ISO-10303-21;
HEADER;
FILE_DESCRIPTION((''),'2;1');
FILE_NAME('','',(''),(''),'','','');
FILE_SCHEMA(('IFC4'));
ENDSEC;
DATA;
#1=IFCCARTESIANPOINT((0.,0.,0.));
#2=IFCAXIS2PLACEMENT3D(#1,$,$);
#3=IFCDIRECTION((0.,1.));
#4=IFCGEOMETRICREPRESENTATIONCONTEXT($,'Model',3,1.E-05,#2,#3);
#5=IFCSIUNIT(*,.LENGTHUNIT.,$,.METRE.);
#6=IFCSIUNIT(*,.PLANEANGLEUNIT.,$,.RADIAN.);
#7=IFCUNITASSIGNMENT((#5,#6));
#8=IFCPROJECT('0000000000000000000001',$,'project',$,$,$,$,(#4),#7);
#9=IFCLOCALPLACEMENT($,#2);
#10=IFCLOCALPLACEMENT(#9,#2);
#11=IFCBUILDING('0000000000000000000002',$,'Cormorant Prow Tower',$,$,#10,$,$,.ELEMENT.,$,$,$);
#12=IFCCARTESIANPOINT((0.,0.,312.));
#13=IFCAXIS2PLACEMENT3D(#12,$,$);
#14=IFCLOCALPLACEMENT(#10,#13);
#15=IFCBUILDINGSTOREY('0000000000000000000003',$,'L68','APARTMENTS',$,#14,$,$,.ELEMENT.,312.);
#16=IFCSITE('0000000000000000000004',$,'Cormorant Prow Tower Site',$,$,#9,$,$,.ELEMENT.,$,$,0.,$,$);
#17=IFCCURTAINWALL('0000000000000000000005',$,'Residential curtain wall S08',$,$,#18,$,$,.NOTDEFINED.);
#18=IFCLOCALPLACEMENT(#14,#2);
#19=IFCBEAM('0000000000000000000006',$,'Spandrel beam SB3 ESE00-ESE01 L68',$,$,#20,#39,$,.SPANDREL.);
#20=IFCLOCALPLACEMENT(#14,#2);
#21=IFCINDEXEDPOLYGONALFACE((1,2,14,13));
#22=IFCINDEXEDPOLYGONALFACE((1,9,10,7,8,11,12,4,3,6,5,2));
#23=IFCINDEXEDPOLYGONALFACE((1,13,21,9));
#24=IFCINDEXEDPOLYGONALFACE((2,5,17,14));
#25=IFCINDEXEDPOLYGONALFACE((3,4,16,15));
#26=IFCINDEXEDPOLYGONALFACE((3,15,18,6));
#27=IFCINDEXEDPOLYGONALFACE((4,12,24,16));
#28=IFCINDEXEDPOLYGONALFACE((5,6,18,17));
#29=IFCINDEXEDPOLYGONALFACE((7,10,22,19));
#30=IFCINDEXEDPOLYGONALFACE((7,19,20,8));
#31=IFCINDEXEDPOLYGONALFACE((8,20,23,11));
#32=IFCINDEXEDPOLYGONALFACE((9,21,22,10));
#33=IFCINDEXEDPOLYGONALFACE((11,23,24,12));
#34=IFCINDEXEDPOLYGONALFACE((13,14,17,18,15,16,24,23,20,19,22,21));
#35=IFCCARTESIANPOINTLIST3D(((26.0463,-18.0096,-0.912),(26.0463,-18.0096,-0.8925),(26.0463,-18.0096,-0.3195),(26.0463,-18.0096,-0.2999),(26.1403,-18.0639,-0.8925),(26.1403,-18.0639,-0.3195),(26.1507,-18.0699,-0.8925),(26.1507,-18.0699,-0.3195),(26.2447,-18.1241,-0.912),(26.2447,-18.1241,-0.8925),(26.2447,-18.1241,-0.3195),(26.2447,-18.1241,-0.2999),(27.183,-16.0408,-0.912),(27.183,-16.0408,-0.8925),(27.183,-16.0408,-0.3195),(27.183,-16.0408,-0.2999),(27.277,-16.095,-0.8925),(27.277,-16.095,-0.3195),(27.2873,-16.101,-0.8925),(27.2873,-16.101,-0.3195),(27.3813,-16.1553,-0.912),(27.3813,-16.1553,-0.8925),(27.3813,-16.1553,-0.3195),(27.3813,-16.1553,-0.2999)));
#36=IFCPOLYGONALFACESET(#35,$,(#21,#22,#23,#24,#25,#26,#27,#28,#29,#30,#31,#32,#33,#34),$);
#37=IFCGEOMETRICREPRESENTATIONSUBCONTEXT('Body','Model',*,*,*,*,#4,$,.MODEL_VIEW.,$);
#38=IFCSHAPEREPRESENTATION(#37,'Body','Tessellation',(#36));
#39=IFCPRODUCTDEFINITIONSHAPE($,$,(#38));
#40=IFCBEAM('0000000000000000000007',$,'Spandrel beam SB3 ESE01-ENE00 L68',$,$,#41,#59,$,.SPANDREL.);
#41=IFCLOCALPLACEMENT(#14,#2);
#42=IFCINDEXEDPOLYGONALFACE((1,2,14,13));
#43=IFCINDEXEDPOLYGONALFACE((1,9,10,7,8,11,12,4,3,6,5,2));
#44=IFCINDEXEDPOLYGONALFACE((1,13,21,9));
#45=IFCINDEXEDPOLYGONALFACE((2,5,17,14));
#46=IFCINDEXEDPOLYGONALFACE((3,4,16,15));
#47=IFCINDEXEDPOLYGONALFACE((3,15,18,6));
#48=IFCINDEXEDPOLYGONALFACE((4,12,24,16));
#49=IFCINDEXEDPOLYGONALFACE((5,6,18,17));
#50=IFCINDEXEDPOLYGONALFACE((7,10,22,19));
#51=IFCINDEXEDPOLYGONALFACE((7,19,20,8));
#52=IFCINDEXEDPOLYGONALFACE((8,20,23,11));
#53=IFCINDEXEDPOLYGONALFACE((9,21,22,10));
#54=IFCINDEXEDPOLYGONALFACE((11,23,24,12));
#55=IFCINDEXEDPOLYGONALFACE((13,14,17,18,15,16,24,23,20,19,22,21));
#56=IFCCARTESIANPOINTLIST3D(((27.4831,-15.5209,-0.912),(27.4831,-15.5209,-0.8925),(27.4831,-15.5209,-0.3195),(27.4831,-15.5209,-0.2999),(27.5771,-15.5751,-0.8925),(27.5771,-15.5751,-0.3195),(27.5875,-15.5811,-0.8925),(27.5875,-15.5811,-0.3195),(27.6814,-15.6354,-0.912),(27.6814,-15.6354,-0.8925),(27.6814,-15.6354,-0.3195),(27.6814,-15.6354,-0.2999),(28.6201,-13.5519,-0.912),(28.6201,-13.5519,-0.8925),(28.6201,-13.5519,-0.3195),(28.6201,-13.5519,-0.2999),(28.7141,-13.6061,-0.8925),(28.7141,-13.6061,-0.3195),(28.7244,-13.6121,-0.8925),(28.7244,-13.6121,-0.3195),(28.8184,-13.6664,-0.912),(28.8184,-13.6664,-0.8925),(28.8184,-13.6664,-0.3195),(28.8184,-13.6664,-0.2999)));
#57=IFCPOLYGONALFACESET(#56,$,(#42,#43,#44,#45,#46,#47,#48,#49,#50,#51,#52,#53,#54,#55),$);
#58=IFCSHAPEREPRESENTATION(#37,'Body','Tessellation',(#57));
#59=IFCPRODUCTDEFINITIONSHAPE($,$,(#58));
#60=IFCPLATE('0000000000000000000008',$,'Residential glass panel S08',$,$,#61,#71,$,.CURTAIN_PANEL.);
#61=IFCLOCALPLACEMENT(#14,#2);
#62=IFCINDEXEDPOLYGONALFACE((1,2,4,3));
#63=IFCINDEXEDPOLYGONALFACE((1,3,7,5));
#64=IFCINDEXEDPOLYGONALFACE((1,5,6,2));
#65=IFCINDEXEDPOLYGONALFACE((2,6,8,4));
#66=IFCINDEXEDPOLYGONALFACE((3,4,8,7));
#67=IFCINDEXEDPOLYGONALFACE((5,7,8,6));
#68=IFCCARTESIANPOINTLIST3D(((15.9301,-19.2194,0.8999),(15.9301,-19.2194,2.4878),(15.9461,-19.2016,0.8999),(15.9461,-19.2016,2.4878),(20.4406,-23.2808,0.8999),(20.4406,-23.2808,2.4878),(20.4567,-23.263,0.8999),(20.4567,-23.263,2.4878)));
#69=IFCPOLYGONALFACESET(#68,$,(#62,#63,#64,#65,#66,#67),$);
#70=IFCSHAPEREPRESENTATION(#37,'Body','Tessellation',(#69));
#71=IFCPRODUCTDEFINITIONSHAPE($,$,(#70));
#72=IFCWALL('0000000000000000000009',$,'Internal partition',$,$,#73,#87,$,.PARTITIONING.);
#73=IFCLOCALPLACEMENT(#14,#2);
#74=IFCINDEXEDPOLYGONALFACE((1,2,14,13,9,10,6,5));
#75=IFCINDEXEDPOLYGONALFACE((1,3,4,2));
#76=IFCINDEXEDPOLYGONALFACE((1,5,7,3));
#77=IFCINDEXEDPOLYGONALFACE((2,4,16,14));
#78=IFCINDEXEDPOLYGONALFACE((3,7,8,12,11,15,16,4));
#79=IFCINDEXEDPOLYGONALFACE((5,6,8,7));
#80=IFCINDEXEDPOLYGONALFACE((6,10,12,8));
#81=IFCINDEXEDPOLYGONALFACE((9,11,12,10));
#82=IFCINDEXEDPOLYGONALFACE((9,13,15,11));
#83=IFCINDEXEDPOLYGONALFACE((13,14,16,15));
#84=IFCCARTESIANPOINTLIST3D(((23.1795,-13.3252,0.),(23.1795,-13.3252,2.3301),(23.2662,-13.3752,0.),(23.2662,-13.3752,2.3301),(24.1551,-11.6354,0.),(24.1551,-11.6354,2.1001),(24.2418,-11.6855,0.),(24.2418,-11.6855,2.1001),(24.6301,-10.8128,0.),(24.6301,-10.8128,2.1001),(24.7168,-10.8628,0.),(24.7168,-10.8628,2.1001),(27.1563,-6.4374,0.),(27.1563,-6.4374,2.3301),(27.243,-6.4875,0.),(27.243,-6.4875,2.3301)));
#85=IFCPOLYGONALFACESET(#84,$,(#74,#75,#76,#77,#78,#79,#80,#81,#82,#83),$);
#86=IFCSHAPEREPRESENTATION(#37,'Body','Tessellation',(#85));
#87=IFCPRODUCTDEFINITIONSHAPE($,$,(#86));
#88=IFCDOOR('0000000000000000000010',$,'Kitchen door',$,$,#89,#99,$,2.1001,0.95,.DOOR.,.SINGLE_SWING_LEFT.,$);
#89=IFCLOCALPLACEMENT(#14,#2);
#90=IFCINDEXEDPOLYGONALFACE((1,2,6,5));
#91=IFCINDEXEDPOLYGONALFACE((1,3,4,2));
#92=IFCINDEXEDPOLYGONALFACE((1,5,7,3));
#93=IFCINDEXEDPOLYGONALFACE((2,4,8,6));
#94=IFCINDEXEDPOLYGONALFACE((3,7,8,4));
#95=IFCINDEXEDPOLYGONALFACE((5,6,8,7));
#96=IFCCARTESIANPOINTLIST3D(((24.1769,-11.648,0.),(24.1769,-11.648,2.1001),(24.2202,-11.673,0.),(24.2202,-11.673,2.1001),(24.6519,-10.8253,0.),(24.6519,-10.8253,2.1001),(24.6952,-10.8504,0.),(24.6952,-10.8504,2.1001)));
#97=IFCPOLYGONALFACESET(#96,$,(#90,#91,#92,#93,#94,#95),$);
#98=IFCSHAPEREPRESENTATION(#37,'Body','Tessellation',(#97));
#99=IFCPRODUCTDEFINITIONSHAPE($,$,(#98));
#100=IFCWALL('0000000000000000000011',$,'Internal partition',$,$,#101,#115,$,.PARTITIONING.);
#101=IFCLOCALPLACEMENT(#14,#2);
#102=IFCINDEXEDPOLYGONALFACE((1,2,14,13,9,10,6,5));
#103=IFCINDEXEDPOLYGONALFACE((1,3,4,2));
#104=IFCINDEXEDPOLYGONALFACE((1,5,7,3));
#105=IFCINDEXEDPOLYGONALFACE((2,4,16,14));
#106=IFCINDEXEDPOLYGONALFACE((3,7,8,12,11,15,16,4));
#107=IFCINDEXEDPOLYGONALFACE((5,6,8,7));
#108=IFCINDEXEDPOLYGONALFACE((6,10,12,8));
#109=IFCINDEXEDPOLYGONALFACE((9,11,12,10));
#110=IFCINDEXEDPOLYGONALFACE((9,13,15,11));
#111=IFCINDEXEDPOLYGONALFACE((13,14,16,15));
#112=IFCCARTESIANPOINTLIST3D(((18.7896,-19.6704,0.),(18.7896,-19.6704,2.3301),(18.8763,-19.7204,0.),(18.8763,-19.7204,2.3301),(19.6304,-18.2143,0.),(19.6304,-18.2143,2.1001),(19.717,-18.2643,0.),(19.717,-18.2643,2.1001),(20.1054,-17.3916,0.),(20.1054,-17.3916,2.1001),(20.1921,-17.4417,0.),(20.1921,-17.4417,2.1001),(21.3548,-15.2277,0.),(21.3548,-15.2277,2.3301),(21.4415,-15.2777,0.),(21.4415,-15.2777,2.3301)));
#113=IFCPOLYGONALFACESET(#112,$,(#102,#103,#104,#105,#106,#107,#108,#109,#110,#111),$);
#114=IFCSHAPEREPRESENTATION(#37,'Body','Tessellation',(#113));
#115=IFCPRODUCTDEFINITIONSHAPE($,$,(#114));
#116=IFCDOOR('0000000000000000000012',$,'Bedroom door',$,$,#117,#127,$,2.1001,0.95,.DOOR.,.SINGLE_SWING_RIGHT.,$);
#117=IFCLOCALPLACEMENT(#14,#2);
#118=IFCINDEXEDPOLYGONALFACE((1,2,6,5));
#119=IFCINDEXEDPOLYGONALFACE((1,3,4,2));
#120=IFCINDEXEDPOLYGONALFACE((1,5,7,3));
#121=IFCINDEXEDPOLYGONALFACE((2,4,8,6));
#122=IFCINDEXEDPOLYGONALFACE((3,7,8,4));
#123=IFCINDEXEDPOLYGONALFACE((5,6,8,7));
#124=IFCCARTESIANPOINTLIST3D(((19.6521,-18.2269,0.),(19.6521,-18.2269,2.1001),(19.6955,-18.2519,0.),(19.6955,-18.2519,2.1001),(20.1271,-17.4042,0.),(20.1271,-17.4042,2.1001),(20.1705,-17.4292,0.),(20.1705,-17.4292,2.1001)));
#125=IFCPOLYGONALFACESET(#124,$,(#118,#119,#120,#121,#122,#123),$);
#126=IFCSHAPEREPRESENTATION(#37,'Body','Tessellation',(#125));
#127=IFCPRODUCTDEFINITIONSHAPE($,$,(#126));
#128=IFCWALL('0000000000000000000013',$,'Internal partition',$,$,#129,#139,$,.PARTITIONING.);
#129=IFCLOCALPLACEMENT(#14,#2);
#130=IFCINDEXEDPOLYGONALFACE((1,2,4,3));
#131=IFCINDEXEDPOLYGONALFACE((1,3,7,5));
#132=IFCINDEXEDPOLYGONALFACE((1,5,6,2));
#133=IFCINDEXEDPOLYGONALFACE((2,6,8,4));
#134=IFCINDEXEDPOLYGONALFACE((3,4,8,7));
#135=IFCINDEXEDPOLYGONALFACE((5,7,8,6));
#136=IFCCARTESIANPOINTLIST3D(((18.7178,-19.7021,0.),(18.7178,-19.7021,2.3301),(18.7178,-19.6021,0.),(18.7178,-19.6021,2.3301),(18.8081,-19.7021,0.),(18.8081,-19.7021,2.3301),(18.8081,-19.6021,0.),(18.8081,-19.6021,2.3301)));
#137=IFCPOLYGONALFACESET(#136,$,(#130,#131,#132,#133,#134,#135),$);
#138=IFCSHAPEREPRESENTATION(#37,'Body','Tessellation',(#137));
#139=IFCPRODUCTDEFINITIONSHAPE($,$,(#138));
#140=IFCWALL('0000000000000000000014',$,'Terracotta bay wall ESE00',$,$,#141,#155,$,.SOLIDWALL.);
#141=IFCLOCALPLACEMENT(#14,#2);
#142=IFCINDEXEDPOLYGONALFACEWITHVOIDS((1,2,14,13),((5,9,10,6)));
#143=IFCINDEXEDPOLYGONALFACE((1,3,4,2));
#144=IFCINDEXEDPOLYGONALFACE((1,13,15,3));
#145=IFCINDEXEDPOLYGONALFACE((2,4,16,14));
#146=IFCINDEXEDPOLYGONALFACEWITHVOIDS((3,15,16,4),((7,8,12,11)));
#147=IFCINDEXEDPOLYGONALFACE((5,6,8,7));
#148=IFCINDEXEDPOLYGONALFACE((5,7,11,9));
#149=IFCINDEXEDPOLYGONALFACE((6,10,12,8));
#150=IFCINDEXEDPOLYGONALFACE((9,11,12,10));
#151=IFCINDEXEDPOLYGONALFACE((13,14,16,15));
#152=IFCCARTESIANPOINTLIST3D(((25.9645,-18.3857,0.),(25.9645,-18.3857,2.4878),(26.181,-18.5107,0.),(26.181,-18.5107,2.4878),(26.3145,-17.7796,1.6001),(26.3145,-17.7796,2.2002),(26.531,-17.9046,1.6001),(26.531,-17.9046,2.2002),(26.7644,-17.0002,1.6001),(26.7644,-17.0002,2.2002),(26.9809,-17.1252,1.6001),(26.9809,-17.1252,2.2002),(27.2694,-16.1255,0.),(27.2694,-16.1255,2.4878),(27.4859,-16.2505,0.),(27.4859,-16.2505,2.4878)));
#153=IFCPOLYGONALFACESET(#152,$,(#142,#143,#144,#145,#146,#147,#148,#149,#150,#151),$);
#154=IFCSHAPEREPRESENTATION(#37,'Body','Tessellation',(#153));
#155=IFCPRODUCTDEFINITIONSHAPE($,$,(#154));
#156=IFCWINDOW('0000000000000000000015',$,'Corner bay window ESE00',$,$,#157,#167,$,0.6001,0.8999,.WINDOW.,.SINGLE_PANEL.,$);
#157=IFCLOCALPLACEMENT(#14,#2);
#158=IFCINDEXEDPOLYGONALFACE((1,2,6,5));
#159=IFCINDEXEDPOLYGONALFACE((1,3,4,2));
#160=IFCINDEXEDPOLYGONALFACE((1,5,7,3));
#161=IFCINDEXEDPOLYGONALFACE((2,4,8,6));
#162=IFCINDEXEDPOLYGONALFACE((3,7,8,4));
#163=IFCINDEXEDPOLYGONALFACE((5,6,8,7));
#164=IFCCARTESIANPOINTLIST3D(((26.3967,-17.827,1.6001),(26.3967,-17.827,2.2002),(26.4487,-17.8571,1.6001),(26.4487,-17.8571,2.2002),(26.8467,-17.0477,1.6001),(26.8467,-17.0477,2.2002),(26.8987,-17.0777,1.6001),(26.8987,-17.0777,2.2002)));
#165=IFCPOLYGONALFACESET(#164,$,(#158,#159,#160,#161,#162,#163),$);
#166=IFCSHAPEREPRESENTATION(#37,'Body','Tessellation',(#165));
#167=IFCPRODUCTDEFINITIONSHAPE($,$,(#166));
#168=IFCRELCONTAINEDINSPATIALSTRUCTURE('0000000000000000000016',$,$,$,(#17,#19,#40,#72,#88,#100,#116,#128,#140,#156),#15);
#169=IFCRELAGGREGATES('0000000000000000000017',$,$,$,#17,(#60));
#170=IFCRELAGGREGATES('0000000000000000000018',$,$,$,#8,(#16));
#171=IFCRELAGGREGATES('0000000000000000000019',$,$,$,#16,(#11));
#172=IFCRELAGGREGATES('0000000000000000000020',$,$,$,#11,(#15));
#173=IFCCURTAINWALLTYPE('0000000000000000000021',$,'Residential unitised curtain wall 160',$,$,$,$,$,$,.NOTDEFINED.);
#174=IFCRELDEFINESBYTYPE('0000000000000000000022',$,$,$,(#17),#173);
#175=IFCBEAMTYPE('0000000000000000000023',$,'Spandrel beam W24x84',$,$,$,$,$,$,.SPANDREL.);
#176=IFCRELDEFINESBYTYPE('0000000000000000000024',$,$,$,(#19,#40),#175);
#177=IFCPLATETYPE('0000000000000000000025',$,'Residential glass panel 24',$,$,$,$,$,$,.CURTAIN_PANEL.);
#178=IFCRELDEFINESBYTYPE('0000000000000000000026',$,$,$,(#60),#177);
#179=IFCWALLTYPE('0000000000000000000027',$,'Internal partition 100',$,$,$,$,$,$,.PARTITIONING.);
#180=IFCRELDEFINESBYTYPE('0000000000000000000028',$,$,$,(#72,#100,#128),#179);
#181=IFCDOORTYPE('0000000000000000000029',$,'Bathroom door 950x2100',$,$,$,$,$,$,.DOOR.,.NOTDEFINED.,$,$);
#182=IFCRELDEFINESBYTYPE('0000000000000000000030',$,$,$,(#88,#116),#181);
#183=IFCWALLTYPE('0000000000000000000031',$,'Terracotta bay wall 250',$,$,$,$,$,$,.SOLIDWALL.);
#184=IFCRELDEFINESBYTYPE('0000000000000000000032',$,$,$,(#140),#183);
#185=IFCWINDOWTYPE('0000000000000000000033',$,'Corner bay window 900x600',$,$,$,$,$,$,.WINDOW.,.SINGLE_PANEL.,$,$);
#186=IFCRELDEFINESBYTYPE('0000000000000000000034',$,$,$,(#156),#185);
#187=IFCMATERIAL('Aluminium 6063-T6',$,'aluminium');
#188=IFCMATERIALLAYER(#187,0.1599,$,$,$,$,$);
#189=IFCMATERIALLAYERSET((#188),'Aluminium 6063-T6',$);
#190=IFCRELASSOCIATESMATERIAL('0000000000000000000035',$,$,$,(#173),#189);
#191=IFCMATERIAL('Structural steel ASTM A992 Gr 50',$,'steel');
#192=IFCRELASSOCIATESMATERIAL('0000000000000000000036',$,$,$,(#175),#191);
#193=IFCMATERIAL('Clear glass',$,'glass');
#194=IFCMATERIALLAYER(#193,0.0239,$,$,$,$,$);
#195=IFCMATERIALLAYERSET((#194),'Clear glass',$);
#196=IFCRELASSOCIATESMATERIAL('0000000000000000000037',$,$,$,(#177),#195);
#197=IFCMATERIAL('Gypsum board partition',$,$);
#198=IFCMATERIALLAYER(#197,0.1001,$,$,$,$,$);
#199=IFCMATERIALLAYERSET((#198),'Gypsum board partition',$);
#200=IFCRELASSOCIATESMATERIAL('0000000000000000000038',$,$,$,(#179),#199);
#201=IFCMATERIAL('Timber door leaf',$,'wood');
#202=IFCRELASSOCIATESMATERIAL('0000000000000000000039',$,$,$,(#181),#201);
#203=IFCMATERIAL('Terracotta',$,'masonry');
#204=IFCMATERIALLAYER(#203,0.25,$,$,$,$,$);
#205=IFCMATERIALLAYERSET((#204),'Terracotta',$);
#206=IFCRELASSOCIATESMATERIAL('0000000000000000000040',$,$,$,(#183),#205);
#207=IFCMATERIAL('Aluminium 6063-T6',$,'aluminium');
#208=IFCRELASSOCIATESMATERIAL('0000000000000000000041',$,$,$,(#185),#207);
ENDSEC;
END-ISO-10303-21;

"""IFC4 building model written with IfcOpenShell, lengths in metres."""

from ifc_helpers import new_model, si_unit, direction, frame, frame_2d, origin, origin_2d, place, context, subcontext, project, spatial, rectangle, i_section, extrude, material, layer, layer_set, material_profile, profile_set, type_object, element, fill, aggregate, save


model = new_model("IFC4")

# Units and contexts
model_context = context("Model", 3, precision=1e-05, world=origin(), true_north=direction((0.0, 1.0)))
body_context = subcontext(model_context, "Body", "Model", "MODEL_VIEW")
ifc_project = project(units=[si_unit("LENGTHUNIT", "METRE"), si_unit("PLANEANGLEUNIT", "RADIAN")], contexts=[model_context])

# Site, building, storey
site_placement = place(None, origin())
site = spatial("IfcSite", under=ifc_project, at=site_placement, Name="Cormorant Prow Tower Site", CompositionType="ELEMENT", RefElevation=0.0)
building_placement = place(site_placement, origin())
building = spatial("IfcBuilding", under=site, at=building_placement, Name="Cormorant Prow Tower", CompositionType="ELEMENT")
storey_placement = place(building_placement, frame((0.0, 0.0, 312.0)))
storey = spatial("IfcBuildingStorey", under=building, at=storey_placement, Name="L68", Description="APARTMENTS", CompositionType="ELEMENT", Elevation=312.0)

# Curtain wall
ifc_material_1 = material(Name="Aluminium 6063-T6", Category="aluminium")
ifc_layer_1 = layer(ifc_material_1, 0.1599)
ifc_layer_set_1 = layer_set([ifc_layer_1], Name="Aluminium 6063-T6")
curtain_wall_type = type_object("IfcCurtainWallType", Name="Residential unitised curtain wall 160", PredefinedType="NOTDEFINED", material=ifc_layer_set_1)
curtain_wall_placement = place(storey_placement, origin())
curtain_wall = element("IfcCurtainWall", 1, at=curtain_wall_placement, inside=storey, type_object=curtain_wall_type, Name="Residential curtain wall S08", PredefinedType="NOTDEFINED")

# Beams
ifc_material_2 = material(Name="Structural steel ASTM A992 Gr 50", Category="steel")
ifc_material_profile_1 = material_profile(ifc_material_2, i_section(OverallWidth=0.229, OverallDepth=0.6121, WebThickness=0.012, FlangeThickness=0.0195, at=origin_2d()), Name="W24x84")
ifc_profile_set_1 = profile_set([ifc_material_profile_1], Name="Structural steel ASTM A992 Gr 50")
beam_type = type_object("IfcBeamType", Name="Spandrel beam W24x84", PredefinedType="SPANDREL", material=ifc_profile_set_1)
beam_1_placement = place(storey_placement, frame((26.1455, -18.0669, -0.606), z_axis=(0.499973, 0.866041, 0.0), x_axis=(-0.866041, 0.499973, 0.0)))
element("IfcBeam", 2, at=beam_1_placement, inside=storey, type_object=beam_type, Name="Spandrel beam SB3 ESE00-ESE01 L68", PredefinedType="SPANDREL", context=body_context, shape_type="SweptSolid", body=[
    extrude(i_section(OverallWidth=0.229, OverallDepth=0.6121, WebThickness=0.012, FlangeThickness=0.0195, at=origin_2d()), origin(), (0.0, 0.0, 1.0), 2.2734),
])
beam_2_placement = place(storey_placement, frame((27.5823, -15.5781, -0.606), z_axis=(0.500054, 0.865994, 0.0), x_axis=(-0.865994, 0.500054, 0.0)))
element("IfcBeam", 3, at=beam_2_placement, inside=storey, type_object=beam_type, Name="Spandrel beam SB3 ESE01-ENE00 L68", PredefinedType="SPANDREL", context=body_context, shape_type="SweptSolid", body=[
    extrude(i_section(OverallWidth=0.229, OverallDepth=0.6121, WebThickness=0.012, FlangeThickness=0.0195, at=origin_2d()), origin(), (0.0, 0.0, 1.0), 2.2737),
])

# Plate
ifc_material_3 = material(Name="Clear glass", Category="glass")
ifc_layer_2 = layer(ifc_material_3, 0.0239)
ifc_layer_set_2 = layer_set([ifc_layer_2], Name="Clear glass")
plate_type = type_object("IfcPlateType", Name="Residential glass panel 24", PredefinedType="CURTAIN_PANEL", material=ifc_layer_set_2)
plate_placement = place(storey_placement, frame((18.1934, -21.2412, 0.8999), z_axis=(0.0, 0.0, 1.0), x_axis=(0.743145, -0.669131, 0.0)))
plate = element("IfcPlate", 4, at=plate_placement, type_object=plate_type, Name="Residential glass panel S08", PredefinedType="CURTAIN_PANEL", context=body_context, shape_type="SweptSolid", body=[
    extrude(rectangle(XDim=6.0696, YDim=0.0239, at=origin_2d()), origin(), (0.0, 0.0, 1.0), 1.5879),
])
aggregate(curtain_wall, [plate])

# Walls, openings, doors
ifc_material_4 = material(Name="Gypsum board partition")
ifc_layer_3 = layer(ifc_material_4, 0.1001)
ifc_layer_set_3 = layer_set([ifc_layer_3], Name="Gypsum board partition")
wall_type_1 = type_object("IfcWallType", Name="Internal partition 100", PredefinedType="PARTITIONING", material=ifc_layer_set_3)
wall_1_placement = place(storey_placement, frame((23.2229, -13.3501, 0.0), z_axis=(0.0, 0.0, 1.0), x_axis=(0.500018, 0.866015, 0.0)))
wall_1 = element("IfcWall", 5, at=wall_1_placement, inside=storey, type_object=wall_type_1, Name="Internal partition", PredefinedType="PARTITIONING", context=body_context, shape_type="SweptSolid", body=[
    extrude(rectangle(XDim=7.9534, YDim=0.1001, at=frame_2d((3.9766, 0.0))), origin(), (0.0, 0.0, 1.0), 2.3301),
])
opening_1_placement = place(wall_1_placement, frame((1.9509, 0.0, 0.0)))
opening_1 = element("IfcOpeningElement", 6, at=opening_1_placement, cuts=wall_1, PredefinedType="OPENING", context=body_context, shape_type="SweptSolid", body=[
    extrude(rectangle(XDim=0.95, YDim=2.1001, at=frame_2d((0.4751, 1.05))), frame((0.0, 0.0601, 0.0), z_axis=(0.0, -1.0, 0.0), x_axis=(1.0, 0.0, 0.0)), (0.0, 0.0, 1.0), 0.1201),
])
ifc_material_5 = material(Name="Timber door leaf", Category="wood")
door_type_1 = type_object("IfcDoorType", Name="Bathroom door 950x2100", OperationType="NOTDEFINED", PredefinedType="DOOR", material=ifc_material_5)
door_1_placement = place(opening_1_placement, origin())
door_1 = element("IfcDoor", 7, at=door_1_placement, inside=storey, type_object=door_type_1, Name="Kitchen door", OperationType="SINGLE_SWING_LEFT", OverallHeight=2.1001, OverallWidth=0.95, PredefinedType="DOOR", context=body_context, shape_type="SweptSolid", body=[
    extrude(rectangle(XDim=0.95, YDim=2.1001, at=frame_2d((0.4751, 1.05))), frame((0.0, 0.0249, 0.0), z_axis=(0.0, -1.0, 0.0), x_axis=(1.0, 0.0, 0.0)), (0.0, 0.0, 1.0), 0.05),
])
fill(opening_1, door_1)
wall_2_placement = place(storey_placement, frame((18.833, -19.6953, 0.0), z_axis=(0.0, 0.0, 1.0), x_axis=(0.500034, 0.866006, 0.0)))
wall_2 = element("IfcWall", 8, at=wall_2_placement, inside=storey, type_object=wall_type_1, Name="Internal partition", PredefinedType="PARTITIONING", context=body_context, shape_type="SweptSolid", body=[
    extrude(rectangle(XDim=5.1301, YDim=0.1001, at=frame_2d((2.5649, 0.0))), origin(), (0.0, 0.0, 1.0), 2.3301),
])
opening_2_placement = place(wall_2_placement, frame((1.6812, 0.0, 0.0)))
opening_2 = element("IfcOpeningElement", 9, at=opening_2_placement, cuts=wall_2, PredefinedType="OPENING", context=body_context, shape_type="SweptSolid", body=[
    extrude(rectangle(XDim=0.95, YDim=2.1001, at=frame_2d((0.4751, 1.05))), frame((0.0, 0.0601, 0.0), z_axis=(0.0, -1.0, 0.0), x_axis=(1.0, 0.0, 0.0)), (0.0, 0.0, 1.0), 0.1201),
])
door_2_placement = place(opening_2_placement, origin())
door_2 = element("IfcDoor", 10, at=door_2_placement, inside=storey, type_object=door_type_1, Name="Bedroom door", OperationType="SINGLE_SWING_RIGHT", OverallHeight=2.1001, OverallWidth=0.95, PredefinedType="DOOR", context=body_context, shape_type="SweptSolid", body=[
    extrude(rectangle(XDim=0.95, YDim=2.1001, at=frame_2d((0.4751, 1.05))), frame((0.0, 0.0249, 0.0), z_axis=(0.0, -1.0, 0.0), x_axis=(1.0, 0.0, 0.0)), (0.0, 0.0, 1.0), 0.05),
])
fill(opening_2, door_2)

# Wall
wall_3_placement = place(storey_placement, frame((18.7178, -19.6521, 0.0), z_axis=(0.0, 0.0, 1.0), x_axis=(1.0, 0.0, 0.0)))
element("IfcWall", 11, at=wall_3_placement, inside=storey, type_object=wall_type_1, Name="Internal partition", PredefinedType="PARTITIONING", context=body_context, shape_type="SweptSolid", body=[
    extrude(rectangle(XDim=0.0903, YDim=0.1001, at=frame_2d((0.0452, 0.0))), origin(), (0.0, 0.0, 1.0), 2.3301),
])

# Wall, opening, window
ifc_material_6 = material(Name="Terracotta", Category="masonry")
ifc_layer_4 = layer(ifc_material_6, 0.25)
ifc_layer_set_4 = layer_set([ifc_layer_4], Name="Terracotta")
wall_type_2 = type_object("IfcWallType", Name="Terracotta bay wall 250", PredefinedType="SOLIDWALL", material=ifc_layer_set_4)
wall_4_placement = place(storey_placement, frame((26.0728, -18.4482, 0.0), z_axis=(0.0, 0.0, 1.0), x_axis=(0.499992, 0.86603, 0.0)))
wall_4 = element("IfcWall", 12, at=wall_4_placement, inside=storey, type_object=wall_type_2, Name="Terracotta bay wall ESE00", PredefinedType="SOLIDWALL", context=body_context, shape_type="SweptSolid", body=[
    extrude(rectangle(XDim=2.6099, YDim=0.25, at=frame_2d((1.3049, 0.0))), origin(), (0.0, 0.0, 1.0), 2.4878),
])
opening_3_placement = place(wall_4_placement, frame((0.7, 0.0, 1.6001)))
opening_3 = element("IfcOpeningElement", 13, at=opening_3_placement, cuts=wall_4, PredefinedType="OPENING", context=body_context, shape_type="SweptSolid", body=[
    extrude(rectangle(XDim=0.8999, YDim=0.6001, at=frame_2d((0.45, 0.3))), frame((0.0, 0.135, 0.0), z_axis=(0.0, -1.0, 0.0), x_axis=(1.0, 0.0, 0.0)), (0.0, 0.0, 1.0), 0.27),
])
ifc_material_7 = material(Name="Aluminium 6063-T6", Category="aluminium")
window_type = type_object("IfcWindowType", Name="Corner bay window 900x600", PartitioningType="SINGLE_PANEL", PredefinedType="WINDOW", material=ifc_material_7)
window_placement = place(opening_3_placement, origin())
window = element("IfcWindow", 14, at=window_placement, inside=storey, type_object=window_type, Name="Corner bay window ESE00", OverallHeight=0.6001, OverallWidth=0.8999, PartitioningType="SINGLE_PANEL", PredefinedType="WINDOW", context=body_context, shape_type="SweptSolid", body=[
    extrude(rectangle(XDim=0.8999, YDim=0.6001, at=frame_2d((0.45, 0.3))), frame((0.0, 0.03, 0.0), z_axis=(0.0, -1.0, 0.0), x_axis=(1.0, 0.0, 0.0)), (0.0, 0.0, 1.0), 0.0601),
])
fill(opening_3, window)

save(model, "model.ifc")
